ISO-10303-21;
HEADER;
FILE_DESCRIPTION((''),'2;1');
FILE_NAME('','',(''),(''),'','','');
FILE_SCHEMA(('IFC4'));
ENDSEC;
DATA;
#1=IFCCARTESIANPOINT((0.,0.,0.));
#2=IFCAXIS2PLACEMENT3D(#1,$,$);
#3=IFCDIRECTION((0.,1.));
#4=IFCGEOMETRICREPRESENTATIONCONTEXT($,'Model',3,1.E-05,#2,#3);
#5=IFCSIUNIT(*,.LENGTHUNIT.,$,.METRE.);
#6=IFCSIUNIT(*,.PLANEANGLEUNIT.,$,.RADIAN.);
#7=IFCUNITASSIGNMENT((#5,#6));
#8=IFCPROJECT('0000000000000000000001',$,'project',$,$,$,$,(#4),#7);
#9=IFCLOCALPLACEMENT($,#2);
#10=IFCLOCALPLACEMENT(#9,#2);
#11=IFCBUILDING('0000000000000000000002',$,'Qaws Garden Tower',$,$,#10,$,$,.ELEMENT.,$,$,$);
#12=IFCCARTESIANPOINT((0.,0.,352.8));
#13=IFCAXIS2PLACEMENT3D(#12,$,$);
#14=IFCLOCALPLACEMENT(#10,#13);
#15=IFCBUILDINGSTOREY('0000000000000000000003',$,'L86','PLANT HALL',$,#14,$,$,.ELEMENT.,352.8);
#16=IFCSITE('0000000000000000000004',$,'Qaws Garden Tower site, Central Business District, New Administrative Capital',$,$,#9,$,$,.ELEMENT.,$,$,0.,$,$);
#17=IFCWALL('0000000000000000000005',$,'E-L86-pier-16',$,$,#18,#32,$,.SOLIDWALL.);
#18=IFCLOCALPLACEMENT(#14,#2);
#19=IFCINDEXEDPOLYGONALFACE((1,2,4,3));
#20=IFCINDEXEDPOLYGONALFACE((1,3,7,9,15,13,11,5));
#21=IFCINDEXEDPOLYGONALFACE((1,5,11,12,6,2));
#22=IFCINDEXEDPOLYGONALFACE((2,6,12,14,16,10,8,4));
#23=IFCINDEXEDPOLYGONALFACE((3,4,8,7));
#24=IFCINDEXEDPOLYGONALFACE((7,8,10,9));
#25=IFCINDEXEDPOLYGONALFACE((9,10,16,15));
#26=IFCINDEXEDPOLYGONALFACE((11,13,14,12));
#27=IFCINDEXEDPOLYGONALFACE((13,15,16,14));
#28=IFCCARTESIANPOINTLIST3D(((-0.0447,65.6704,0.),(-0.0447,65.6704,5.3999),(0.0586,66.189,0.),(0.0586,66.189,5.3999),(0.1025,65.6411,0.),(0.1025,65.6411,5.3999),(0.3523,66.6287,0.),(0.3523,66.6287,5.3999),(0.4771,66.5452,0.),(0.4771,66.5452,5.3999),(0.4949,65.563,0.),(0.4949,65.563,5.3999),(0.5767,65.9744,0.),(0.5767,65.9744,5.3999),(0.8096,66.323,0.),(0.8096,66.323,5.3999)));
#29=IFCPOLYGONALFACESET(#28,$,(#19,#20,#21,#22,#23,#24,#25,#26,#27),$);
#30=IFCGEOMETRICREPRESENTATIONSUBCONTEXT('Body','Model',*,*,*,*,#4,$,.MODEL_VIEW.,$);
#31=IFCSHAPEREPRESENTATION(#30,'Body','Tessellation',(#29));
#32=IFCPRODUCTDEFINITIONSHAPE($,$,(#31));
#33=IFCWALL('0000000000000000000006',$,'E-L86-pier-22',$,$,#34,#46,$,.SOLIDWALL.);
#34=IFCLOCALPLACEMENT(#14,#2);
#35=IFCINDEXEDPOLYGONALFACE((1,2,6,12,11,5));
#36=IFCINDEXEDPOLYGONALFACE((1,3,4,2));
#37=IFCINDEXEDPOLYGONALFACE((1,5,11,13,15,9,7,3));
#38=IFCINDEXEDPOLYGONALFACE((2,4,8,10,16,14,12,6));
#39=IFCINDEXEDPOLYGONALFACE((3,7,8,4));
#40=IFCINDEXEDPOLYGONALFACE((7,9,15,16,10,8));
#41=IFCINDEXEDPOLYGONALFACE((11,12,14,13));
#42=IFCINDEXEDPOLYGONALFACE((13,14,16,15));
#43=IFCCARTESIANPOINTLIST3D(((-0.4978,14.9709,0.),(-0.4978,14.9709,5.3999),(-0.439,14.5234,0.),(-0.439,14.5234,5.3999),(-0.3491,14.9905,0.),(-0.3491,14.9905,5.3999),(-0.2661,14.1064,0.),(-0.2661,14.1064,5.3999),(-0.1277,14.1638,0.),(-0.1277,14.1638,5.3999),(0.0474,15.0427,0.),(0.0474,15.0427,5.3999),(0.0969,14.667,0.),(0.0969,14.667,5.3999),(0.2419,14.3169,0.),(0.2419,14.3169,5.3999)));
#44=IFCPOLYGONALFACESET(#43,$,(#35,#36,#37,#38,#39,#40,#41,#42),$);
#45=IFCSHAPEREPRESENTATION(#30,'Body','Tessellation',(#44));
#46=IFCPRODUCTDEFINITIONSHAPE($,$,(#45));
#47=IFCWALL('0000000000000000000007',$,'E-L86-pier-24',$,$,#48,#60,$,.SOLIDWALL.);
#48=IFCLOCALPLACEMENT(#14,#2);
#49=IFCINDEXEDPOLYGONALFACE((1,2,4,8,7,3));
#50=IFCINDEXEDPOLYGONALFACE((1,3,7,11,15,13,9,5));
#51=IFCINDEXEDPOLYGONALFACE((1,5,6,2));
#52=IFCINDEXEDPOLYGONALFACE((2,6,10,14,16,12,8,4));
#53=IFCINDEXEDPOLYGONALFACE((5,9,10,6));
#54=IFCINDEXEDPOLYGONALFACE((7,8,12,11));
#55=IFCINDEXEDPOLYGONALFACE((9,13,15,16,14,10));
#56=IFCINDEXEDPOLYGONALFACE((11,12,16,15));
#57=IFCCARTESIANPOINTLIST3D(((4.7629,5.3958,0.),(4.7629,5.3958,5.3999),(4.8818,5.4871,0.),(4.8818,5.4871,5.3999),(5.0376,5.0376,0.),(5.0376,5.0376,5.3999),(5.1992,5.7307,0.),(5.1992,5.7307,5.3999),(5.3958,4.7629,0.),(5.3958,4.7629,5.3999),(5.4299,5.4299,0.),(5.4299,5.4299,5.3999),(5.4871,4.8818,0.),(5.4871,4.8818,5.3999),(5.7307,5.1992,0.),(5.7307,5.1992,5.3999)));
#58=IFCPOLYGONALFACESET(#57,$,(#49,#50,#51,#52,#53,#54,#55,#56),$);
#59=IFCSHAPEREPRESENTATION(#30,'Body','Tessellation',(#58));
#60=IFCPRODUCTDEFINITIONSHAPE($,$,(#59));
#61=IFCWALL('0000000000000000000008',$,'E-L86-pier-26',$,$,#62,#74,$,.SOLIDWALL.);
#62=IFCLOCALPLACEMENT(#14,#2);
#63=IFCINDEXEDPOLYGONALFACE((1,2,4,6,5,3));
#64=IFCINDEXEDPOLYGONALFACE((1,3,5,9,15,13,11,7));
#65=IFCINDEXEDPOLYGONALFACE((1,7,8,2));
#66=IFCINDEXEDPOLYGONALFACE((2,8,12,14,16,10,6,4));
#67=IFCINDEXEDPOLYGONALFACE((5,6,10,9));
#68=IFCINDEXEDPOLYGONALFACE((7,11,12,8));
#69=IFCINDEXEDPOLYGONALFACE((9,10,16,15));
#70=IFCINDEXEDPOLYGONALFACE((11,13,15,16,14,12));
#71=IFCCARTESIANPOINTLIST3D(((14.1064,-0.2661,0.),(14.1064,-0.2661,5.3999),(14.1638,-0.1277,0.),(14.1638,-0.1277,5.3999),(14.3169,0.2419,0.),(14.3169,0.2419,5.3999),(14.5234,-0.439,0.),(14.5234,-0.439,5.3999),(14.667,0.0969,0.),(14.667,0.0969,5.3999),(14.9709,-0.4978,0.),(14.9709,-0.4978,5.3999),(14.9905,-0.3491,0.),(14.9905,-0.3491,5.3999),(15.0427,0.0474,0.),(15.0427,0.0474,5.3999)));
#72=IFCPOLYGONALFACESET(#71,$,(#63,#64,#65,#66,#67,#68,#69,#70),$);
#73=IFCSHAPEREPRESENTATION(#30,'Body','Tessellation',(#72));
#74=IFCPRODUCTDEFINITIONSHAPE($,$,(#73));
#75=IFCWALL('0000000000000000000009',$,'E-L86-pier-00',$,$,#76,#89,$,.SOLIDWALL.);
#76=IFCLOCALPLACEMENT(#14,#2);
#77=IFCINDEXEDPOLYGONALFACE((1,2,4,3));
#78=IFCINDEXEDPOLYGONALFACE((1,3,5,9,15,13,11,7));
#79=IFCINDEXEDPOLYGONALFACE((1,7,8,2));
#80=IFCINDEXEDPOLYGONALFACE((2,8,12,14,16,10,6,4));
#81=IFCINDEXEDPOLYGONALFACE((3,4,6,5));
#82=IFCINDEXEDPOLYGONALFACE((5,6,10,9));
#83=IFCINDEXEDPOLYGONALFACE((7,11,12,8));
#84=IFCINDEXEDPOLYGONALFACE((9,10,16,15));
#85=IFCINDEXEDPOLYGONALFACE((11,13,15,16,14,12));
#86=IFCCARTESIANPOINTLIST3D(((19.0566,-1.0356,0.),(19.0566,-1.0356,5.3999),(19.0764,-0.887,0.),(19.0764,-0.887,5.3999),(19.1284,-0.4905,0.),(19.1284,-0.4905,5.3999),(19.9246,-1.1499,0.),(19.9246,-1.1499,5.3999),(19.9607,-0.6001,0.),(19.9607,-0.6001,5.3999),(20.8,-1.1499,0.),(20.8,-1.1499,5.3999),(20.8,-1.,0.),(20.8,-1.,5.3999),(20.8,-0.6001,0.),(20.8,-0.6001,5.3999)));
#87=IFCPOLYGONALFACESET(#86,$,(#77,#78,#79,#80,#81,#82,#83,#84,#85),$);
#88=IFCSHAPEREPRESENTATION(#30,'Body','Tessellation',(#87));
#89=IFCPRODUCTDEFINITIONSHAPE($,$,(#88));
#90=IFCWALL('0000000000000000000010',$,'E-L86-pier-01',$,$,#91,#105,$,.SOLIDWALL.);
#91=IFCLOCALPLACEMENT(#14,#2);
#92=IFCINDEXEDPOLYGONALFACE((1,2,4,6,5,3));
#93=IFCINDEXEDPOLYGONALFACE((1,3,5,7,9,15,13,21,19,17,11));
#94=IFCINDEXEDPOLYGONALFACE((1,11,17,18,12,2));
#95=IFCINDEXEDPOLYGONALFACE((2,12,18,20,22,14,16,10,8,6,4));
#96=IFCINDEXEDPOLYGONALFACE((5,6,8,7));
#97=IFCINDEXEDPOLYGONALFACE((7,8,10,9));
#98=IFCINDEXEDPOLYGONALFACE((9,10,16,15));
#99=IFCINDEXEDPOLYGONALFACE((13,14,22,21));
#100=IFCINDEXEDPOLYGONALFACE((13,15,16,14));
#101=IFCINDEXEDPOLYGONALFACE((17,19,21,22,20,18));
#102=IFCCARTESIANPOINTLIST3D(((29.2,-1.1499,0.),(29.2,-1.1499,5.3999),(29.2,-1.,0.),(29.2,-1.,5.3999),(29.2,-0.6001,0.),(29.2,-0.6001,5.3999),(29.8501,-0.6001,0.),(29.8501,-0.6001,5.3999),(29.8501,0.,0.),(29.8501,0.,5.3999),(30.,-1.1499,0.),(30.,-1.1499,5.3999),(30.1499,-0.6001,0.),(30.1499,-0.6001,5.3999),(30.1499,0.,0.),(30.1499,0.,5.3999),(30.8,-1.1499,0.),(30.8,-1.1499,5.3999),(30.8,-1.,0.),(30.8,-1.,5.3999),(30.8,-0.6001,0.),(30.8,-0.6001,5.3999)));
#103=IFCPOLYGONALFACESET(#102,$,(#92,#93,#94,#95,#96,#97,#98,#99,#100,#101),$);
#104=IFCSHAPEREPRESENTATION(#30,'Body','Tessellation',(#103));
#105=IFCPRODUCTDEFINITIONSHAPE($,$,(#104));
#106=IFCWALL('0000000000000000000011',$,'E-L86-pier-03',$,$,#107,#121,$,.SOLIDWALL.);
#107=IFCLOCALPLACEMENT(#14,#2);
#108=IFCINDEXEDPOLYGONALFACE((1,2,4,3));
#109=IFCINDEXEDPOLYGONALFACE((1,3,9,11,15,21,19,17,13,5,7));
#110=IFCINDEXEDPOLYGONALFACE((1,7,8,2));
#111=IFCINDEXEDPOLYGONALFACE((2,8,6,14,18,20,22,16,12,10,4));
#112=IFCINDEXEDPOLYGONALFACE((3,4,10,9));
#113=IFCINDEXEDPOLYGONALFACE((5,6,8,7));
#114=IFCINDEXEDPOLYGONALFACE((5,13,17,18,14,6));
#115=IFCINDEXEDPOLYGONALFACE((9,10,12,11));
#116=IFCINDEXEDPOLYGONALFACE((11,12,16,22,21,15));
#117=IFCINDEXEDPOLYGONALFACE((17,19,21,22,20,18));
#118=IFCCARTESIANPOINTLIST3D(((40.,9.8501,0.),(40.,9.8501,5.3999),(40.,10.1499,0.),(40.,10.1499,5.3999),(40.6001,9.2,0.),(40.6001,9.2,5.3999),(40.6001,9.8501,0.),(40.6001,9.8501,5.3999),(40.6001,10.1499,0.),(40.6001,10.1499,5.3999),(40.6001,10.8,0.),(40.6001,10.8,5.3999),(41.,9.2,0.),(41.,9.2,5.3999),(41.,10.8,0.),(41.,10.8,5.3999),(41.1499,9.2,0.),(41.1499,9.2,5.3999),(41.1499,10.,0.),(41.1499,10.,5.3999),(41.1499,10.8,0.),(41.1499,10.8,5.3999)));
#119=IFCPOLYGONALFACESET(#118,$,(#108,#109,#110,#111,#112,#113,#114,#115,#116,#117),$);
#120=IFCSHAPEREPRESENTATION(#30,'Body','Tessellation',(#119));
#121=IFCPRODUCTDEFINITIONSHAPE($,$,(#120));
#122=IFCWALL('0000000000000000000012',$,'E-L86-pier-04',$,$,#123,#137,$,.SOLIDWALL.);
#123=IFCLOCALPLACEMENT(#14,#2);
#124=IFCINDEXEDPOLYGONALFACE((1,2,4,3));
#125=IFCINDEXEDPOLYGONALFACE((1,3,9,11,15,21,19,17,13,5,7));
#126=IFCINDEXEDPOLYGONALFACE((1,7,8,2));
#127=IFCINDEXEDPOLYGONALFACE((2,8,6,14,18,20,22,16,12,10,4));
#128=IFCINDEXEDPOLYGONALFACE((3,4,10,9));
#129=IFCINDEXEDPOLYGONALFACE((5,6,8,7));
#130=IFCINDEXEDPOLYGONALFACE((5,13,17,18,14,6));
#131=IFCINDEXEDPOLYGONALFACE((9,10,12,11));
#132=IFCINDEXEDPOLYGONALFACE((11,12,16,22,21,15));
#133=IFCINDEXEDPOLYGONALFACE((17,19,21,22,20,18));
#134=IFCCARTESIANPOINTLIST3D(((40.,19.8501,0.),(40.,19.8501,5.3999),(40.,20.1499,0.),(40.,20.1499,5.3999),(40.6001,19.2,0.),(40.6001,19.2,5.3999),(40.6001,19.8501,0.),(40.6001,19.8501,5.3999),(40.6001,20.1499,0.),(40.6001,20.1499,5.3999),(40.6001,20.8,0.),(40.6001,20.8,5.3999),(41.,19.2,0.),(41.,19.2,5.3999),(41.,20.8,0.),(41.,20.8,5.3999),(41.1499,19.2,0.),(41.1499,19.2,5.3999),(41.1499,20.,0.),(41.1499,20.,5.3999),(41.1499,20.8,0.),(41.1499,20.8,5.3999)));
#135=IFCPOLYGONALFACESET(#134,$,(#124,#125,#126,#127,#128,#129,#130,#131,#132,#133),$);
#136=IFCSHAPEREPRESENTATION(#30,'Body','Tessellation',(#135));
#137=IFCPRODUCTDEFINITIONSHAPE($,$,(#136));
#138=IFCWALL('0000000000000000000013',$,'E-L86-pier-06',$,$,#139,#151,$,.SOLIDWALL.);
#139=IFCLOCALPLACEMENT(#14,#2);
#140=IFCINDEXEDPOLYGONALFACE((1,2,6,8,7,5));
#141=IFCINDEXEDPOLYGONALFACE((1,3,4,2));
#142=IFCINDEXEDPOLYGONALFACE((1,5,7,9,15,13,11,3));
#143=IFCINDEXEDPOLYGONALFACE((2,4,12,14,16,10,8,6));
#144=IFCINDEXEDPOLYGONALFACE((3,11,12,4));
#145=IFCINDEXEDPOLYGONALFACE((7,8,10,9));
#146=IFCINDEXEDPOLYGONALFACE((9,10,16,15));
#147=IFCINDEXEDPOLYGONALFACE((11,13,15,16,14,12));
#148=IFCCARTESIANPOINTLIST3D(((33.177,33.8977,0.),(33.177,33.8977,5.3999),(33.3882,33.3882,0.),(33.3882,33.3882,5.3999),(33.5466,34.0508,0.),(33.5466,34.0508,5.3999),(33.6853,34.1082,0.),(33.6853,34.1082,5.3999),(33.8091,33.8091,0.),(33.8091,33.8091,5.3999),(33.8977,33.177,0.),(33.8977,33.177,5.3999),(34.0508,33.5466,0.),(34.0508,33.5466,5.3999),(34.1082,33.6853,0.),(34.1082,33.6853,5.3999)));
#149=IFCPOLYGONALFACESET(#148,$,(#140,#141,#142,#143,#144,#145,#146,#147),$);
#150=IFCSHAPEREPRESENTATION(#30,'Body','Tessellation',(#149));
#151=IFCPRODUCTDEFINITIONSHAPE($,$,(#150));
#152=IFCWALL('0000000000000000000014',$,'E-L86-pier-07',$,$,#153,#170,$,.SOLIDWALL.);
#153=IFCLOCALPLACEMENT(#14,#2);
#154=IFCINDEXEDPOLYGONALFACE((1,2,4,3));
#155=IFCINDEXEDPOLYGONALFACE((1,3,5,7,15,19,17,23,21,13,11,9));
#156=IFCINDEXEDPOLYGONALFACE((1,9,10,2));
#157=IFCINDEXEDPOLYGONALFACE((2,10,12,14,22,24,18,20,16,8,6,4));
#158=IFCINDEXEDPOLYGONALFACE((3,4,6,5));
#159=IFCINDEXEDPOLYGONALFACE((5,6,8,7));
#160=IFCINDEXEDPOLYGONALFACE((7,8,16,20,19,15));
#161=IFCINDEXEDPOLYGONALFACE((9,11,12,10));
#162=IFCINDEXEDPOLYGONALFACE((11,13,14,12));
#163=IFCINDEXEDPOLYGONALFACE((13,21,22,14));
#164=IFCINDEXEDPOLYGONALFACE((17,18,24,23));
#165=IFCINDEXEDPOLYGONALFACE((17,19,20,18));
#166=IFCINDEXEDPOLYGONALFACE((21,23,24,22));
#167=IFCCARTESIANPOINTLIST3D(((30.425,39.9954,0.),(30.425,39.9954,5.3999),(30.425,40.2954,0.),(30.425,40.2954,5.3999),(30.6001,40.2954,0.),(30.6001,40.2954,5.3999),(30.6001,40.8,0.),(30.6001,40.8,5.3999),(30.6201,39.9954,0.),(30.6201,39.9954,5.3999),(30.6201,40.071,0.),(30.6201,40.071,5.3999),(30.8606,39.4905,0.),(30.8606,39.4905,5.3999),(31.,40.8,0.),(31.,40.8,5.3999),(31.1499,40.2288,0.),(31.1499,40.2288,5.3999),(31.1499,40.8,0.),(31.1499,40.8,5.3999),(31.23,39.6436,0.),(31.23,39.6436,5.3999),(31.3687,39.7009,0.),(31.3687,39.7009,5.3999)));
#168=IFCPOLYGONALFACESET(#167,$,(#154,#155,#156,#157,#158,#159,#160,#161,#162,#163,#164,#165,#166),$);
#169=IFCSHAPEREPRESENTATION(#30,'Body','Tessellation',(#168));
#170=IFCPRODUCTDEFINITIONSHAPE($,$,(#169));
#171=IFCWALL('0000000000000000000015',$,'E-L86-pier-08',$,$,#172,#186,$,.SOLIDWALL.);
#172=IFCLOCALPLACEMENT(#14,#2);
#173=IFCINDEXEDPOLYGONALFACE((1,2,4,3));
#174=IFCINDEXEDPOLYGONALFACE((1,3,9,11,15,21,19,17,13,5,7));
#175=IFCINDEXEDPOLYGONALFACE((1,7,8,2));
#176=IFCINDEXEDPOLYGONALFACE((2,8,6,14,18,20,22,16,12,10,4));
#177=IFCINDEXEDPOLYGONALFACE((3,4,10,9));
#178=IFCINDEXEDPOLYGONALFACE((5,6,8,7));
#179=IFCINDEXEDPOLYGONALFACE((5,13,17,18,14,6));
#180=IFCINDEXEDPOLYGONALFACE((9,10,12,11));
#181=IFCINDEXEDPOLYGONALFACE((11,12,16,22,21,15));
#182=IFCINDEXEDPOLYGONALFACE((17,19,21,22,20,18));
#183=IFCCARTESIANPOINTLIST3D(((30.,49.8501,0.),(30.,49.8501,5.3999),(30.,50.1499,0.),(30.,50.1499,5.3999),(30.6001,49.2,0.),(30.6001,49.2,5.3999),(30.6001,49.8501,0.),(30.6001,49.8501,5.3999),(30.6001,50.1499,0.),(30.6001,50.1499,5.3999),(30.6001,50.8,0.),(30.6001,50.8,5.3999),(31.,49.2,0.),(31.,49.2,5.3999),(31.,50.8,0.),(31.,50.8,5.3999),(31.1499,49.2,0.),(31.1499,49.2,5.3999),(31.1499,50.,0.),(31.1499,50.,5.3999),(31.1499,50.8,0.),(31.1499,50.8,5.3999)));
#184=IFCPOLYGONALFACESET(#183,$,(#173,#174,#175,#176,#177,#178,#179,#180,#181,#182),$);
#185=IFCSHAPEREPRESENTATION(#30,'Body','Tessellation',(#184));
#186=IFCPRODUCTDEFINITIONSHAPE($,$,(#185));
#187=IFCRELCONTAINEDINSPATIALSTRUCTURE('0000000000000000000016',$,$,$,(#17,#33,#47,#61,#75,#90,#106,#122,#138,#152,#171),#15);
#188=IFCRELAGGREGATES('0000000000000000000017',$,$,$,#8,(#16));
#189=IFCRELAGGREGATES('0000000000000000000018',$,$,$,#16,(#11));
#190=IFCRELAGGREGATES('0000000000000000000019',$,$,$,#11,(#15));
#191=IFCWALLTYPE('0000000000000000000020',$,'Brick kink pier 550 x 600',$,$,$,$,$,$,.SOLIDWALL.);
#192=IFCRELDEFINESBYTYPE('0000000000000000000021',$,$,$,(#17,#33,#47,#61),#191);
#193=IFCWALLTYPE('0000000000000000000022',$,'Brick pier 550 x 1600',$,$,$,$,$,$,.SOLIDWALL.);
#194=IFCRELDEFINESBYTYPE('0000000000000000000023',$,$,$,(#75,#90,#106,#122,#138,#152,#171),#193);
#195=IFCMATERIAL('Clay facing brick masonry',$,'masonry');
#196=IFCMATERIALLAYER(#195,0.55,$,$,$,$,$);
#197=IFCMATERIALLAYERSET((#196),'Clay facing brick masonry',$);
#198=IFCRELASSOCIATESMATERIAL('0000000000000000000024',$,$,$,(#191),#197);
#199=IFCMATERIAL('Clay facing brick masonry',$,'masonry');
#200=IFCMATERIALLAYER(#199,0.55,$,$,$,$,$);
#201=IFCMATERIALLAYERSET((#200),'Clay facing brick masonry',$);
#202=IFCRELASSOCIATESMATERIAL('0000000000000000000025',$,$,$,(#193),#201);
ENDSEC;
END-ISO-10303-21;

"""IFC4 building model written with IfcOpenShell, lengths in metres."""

from ifc_helpers import new_model, si_unit, direction, frame, origin, place, context, subcontext, project, spatial, polyline, outline, extrude, material, layer, layer_set, type_object, element, save


model = new_model("IFC4")

# Units and contexts
model_context = context("Model", 3, precision=1e-05, world=origin(), true_north=direction((0.0, 1.0)))
body_context = subcontext(model_context, "Body", "Model", "MODEL_VIEW")
ifc_project = project(units=[si_unit("LENGTHUNIT", "METRE"), si_unit("PLANEANGLEUNIT", "RADIAN")], contexts=[model_context])

# Site, building, storey
site_placement = place(None, origin())
site = spatial("IfcSite", under=ifc_project, at=site_placement, Name="Qaws Garden Tower site, Central Business District, New Administrative Capital", CompositionType="ELEMENT", RefElevation=0.0)
building_placement = place(site_placement, origin())
building = spatial("IfcBuilding", under=site, at=building_placement, Name="Qaws Garden Tower", CompositionType="ELEMENT")
storey_placement = place(building_placement, frame((0.0, 0.0, 352.8)))
storey = spatial("IfcBuildingStorey", under=building, at=storey_placement, Name="L86", Description="PLANT HALL", CompositionType="ELEMENT", Elevation=352.8)

# Shared definitions
placement_1 = place(storey_placement, origin())

# Walls
ifc_material_1 = material(Name="Clay facing brick masonry", Category="masonry")
ifc_layer_1 = layer(ifc_material_1, 0.55)
ifc_layer_set_1 = layer_set([ifc_layer_1], Name="Clay facing brick masonry")
wall_type_1 = type_object("IfcWallType", Name="Brick kink pier 550 x 600", PredefinedType="SOLIDWALL", material=ifc_layer_set_1)
element("IfcWall", 1, at=placement_1, inside=storey, type_object=wall_type_1, Name="E-L86-pier-16", PredefinedType="SOLIDWALL", context=body_context, shape_type="SweptSolid", body=[
    extrude(outline(polyline([(0.4771, 66.5452), (0.3523, 66.6287), (0.0586, 66.189), (-0.0447, 65.6704), (0.1025, 65.6411), (0.4949, 65.563), (0.5767, 65.9744), (0.8096, 66.323), (0.4771, 66.5452)])), origin(), (0.0, 0.0, 1.0), 5.3999),
])
element("IfcWall", 2, at=placement_1, inside=storey, type_object=wall_type_1, Name="E-L86-pier-22", PredefinedType="SOLIDWALL", context=body_context, shape_type="SweptSolid", body=[
    extrude(outline(polyline([(-0.3491, 14.9905), (-0.4978, 14.9709), (-0.439, 14.5234), (-0.2661, 14.1064), (-0.1277, 14.1638), (0.2419, 14.3169), (0.0969, 14.667), (0.0474, 15.0427), (-0.3491, 14.9905)])), origin(), (0.0, 0.0, 1.0), 5.3999),
])
element("IfcWall", 3, at=placement_1, inside=storey, type_object=wall_type_1, Name="E-L86-pier-24", PredefinedType="SOLIDWALL", context=body_context, shape_type="SweptSolid", body=[
    extrude(outline(polyline([(4.8818, 5.4871), (4.7629, 5.3958), (5.0376, 5.0376), (5.3958, 4.7629), (5.4871, 4.8818), (5.7307, 5.1992), (5.4299, 5.4299), (5.1992, 5.7307), (4.8818, 5.4871)])), origin(), (0.0, 0.0, 1.0), 5.3999),
])
element("IfcWall", 4, at=placement_1, inside=storey, type_object=wall_type_1, Name="E-L86-pier-26", PredefinedType="SOLIDWALL", context=body_context, shape_type="SweptSolid", body=[
    extrude(outline(polyline([(14.1638, -0.1277), (14.1064, -0.2661), (14.5234, -0.439), (14.9709, -0.4978), (14.9905, -0.3491), (15.0427, 0.0474), (14.667, 0.0969), (14.3169, 0.2419), (14.1638, -0.1277)])), origin(), (0.0, 0.0, 1.0), 5.3999),
])
ifc_material_2 = material(Name="Clay facing brick masonry", Category="masonry")
ifc_layer_2 = layer(ifc_material_2, 0.55)
ifc_layer_set_2 = layer_set([ifc_layer_2], Name="Clay facing brick masonry")
wall_type_2 = type_object("IfcWallType", Name="Brick pier 550 x 1600", PredefinedType="SOLIDWALL", material=ifc_layer_set_2)
element("IfcWall", 5, at=placement_1, inside=storey, type_object=wall_type_2, Name="E-L86-pier-00", PredefinedType="SOLIDWALL", context=body_context, shape_type="SweptSolid", body=[
    extrude(outline(polyline([(19.0764, -0.887), (19.0566, -1.0356), (19.9246, -1.1499), (20.8, -1.1499), (20.8, -1.0), (20.8, -0.6001), (19.9607, -0.6001), (19.1284, -0.4905), (19.0764, -0.887)])), origin(), (0.0, 0.0, 1.0), 5.3999),
])
element("IfcWall", 6, at=placement_1, inside=storey, type_object=wall_type_2, Name="E-L86-pier-01", PredefinedType="SOLIDWALL", context=body_context, shape_type="SweptSolid", body=[
    extrude(outline(polyline([(30.8, -0.6001), (30.1499, -0.6001), (30.1499, 0.0), (29.8501, 0.0), (29.8501, -0.6001), (29.2, -0.6001), (29.2, -1.0), (29.2, -1.1499), (30.0, -1.1499), (30.8, -1.1499), (30.8, -1.0), (30.8, -0.6001)])), origin(), (0.0, 0.0, 1.0), 5.3999),
])
element("IfcWall", 7, at=placement_1, inside=storey, type_object=wall_type_2, Name="E-L86-pier-03", PredefinedType="SOLIDWALL", context=body_context, shape_type="SweptSolid", body=[
    extrude(outline(polyline([(40.0, 9.8501), (40.6001, 9.8501), (40.6001, 9.2), (41.0, 9.2), (41.1499, 9.2), (41.1499, 10.0), (41.1499, 10.8), (41.0, 10.8), (40.6001, 10.8), (40.6001, 10.1499), (40.0, 10.1499), (40.0, 9.8501)])), origin(), (0.0, 0.0, 1.0), 5.3999),
])
element("IfcWall", 8, at=placement_1, inside=storey, type_object=wall_type_2, Name="E-L86-pier-04", PredefinedType="SOLIDWALL", context=body_context, shape_type="SweptSolid", body=[
    extrude(outline(polyline([(40.0, 19.8501), (40.6001, 19.8501), (40.6001, 19.2), (41.0, 19.2), (41.1499, 19.2), (41.1499, 20.0), (41.1499, 20.8), (41.0, 20.8), (40.6001, 20.8), (40.6001, 20.1499), (40.0, 20.1499), (40.0, 19.8501)])), origin(), (0.0, 0.0, 1.0), 5.3999),
])
element("IfcWall", 9, at=placement_1, inside=storey, type_object=wall_type_2, Name="E-L86-pier-06", PredefinedType="SOLIDWALL", context=body_context, shape_type="SweptSolid", body=[
    extrude(outline(polyline([(34.0508, 33.5466), (34.1082, 33.6853), (33.8091, 33.8091), (33.6853, 34.1082), (33.5466, 34.0508), (33.177, 33.8977), (33.3882, 33.3882), (33.8977, 33.177), (34.0508, 33.5466)])), origin(), (0.0, 0.0, 1.0), 5.3999),
])
element("IfcWall", 10, at=placement_1, inside=storey, type_object=wall_type_2, Name="E-L86-pier-07", PredefinedType="SOLIDWALL", context=body_context, shape_type="SweptSolid", body=[
    extrude(outline(polyline([(30.6201, 39.9954), (30.6201, 40.071), (30.8606, 39.4905), (31.23, 39.6436), (31.3687, 39.7009), (31.1499, 40.2288), (31.1499, 40.8), (31.0, 40.8), (30.6001, 40.8), (30.6001, 40.2954), (30.425, 40.2954), (30.425, 39.9954), (30.6201, 39.9954)])), origin(), (0.0, 0.0, 1.0), 5.3999),
])
element("IfcWall", 11, at=placement_1, inside=storey, type_object=wall_type_2, Name="E-L86-pier-08", PredefinedType="SOLIDWALL", context=body_context, shape_type="SweptSolid", body=[
    extrude(outline(polyline([(30.0, 49.8501), (30.6001, 49.8501), (30.6001, 49.2), (31.0, 49.2), (31.1499, 49.2), (31.1499, 50.0), (31.1499, 50.8), (31.0, 50.8), (30.6001, 50.8), (30.6001, 50.1499), (30.0, 50.1499), (30.0, 49.8501)])), origin(), (0.0, 0.0, 1.0), 5.3999),
])

save(model, "model.ifc")
